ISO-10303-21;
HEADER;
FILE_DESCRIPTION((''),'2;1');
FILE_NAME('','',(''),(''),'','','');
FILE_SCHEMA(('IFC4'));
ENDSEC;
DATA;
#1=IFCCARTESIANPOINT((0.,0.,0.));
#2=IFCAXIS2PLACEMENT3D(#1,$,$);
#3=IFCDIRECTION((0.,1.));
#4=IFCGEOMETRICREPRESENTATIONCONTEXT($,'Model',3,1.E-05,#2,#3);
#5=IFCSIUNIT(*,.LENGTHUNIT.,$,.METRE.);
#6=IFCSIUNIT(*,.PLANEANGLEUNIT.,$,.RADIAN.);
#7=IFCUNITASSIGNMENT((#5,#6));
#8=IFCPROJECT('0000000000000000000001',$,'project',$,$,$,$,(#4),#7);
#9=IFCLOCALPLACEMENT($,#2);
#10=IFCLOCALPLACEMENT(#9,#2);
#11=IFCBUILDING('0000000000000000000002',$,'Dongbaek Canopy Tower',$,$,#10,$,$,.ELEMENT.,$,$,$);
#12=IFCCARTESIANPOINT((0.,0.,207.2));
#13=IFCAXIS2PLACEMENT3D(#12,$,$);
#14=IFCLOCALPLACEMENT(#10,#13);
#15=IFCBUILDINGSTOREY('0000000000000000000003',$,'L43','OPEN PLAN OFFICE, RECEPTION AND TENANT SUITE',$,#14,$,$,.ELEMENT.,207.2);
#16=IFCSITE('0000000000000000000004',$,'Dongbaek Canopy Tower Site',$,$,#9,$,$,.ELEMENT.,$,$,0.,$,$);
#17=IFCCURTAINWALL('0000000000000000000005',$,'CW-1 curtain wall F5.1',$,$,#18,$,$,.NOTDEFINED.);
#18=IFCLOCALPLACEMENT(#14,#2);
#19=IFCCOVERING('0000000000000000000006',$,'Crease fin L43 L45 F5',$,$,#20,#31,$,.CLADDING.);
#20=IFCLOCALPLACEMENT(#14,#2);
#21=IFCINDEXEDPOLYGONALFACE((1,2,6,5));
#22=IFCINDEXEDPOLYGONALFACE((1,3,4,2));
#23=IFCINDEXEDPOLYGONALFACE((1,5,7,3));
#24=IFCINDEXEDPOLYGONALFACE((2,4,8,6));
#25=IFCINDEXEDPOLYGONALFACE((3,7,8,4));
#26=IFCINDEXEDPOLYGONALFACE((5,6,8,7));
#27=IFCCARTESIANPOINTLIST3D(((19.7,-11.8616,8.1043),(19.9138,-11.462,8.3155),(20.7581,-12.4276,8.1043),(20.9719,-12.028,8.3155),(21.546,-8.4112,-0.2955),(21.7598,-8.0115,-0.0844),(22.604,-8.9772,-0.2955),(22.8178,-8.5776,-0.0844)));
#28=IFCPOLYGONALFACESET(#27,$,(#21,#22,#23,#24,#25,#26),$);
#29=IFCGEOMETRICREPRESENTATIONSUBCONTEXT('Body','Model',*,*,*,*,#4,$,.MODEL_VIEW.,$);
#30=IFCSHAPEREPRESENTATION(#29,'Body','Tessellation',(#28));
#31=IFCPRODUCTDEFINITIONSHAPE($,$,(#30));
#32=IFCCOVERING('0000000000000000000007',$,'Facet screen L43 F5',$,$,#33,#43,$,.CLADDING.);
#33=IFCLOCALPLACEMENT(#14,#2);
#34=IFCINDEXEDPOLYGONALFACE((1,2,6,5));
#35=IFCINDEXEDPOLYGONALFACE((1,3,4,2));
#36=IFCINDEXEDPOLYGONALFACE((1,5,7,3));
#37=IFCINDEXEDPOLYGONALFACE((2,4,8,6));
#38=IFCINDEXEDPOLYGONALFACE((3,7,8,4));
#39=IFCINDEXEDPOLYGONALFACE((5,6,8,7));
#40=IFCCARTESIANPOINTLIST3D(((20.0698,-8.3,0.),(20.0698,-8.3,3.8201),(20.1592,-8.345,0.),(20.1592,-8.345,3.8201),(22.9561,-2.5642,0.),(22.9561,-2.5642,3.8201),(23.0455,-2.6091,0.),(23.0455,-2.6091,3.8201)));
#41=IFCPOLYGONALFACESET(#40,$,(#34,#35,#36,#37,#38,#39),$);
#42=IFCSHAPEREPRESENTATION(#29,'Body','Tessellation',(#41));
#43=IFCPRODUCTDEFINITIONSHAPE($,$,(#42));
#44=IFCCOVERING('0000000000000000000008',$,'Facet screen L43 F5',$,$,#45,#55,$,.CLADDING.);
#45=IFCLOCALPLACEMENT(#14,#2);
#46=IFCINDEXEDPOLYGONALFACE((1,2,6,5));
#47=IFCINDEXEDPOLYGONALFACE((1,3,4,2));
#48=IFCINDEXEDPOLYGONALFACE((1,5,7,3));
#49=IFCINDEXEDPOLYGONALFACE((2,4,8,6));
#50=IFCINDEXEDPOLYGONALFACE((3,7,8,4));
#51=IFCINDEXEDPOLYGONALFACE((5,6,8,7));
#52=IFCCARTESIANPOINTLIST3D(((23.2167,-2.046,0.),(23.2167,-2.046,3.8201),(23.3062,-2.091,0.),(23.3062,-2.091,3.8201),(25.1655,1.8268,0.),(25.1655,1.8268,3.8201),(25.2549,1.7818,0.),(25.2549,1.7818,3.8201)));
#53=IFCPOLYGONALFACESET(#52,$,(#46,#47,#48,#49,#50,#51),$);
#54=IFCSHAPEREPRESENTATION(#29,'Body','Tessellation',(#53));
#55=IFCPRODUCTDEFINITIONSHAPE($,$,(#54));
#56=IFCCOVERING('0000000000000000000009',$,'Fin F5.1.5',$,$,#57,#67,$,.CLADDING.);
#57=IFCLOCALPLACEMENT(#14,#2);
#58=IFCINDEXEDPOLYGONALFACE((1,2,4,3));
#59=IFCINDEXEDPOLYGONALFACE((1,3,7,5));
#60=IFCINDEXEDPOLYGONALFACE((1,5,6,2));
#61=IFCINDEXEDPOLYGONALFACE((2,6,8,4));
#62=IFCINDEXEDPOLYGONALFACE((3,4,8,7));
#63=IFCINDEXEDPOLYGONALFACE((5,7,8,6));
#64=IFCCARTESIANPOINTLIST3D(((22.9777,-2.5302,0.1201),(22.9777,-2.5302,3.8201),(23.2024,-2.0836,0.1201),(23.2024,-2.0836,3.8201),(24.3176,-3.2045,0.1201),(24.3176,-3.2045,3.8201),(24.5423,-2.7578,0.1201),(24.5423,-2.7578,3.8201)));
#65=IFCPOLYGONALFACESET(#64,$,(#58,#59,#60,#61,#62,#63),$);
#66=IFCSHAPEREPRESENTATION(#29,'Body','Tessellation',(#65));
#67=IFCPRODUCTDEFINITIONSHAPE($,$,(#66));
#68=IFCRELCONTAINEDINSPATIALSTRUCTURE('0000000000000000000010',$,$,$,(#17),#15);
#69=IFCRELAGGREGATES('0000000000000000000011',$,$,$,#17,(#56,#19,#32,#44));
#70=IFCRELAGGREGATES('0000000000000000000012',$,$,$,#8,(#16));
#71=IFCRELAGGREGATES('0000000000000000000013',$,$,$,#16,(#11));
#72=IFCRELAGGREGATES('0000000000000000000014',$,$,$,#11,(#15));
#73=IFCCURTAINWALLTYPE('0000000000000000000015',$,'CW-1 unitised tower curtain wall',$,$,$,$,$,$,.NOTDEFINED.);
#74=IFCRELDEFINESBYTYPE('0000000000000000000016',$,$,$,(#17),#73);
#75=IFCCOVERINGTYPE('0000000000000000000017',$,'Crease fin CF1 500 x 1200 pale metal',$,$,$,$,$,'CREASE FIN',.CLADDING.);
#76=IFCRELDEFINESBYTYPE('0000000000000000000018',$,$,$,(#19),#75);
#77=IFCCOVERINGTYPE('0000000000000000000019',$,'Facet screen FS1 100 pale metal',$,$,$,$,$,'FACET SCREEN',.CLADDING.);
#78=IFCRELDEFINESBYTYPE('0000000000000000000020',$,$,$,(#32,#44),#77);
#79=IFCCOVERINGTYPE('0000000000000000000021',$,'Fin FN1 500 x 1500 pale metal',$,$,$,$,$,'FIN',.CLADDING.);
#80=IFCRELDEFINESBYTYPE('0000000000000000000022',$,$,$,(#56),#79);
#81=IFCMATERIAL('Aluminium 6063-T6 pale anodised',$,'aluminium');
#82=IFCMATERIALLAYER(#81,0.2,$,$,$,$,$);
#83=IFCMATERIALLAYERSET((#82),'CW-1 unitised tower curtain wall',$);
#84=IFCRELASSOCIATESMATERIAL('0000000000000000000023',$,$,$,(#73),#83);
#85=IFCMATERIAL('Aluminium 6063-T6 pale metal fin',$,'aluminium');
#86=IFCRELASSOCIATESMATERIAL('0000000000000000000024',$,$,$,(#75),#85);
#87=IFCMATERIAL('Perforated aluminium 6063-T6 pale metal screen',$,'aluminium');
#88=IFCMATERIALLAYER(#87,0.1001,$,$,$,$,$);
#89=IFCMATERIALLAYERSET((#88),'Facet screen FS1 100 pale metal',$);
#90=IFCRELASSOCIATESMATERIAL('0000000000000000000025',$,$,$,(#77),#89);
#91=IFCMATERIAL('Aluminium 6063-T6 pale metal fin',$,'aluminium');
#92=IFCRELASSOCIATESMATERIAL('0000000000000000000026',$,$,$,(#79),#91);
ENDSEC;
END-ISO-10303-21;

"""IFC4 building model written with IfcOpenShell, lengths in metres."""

from ifc_helpers import new_model, si_unit, direction, frame, origin, origin_2d, place, context, subcontext, project, spatial, rectangle, extrude, material, layer, layer_set, material_profile, profile_set, type_object, element, aggregate, save


model = new_model("IFC4")

# Units and contexts
model_context = context("Model", 3, precision=1e-05, world=origin(), true_north=direction((0.0, 1.0)))
body_context = subcontext(model_context, "Body", "Model", "MODEL_VIEW")
ifc_project = project(units=[si_unit("LENGTHUNIT", "METRE"), si_unit("PLANEANGLEUNIT", "RADIAN")], contexts=[model_context])

# Site, building, storey
site_placement = place(None, origin())
site = spatial("IfcSite", under=ifc_project, at=site_placement, Name="Dongbaek Canopy Tower Site", CompositionType="ELEMENT", RefElevation=0.0)
building_placement = place(site_placement, origin())
building = spatial("IfcBuilding", under=site, at=building_placement, Name="Dongbaek Canopy Tower", CompositionType="ELEMENT")
storey_placement = place(building_placement, frame((0.0, 0.0, 207.2)))
storey = spatial("IfcBuildingStorey", under=building, at=storey_placement, Name="L43", Description="OPEN PLAN OFFICE, RECEPTION AND TENANT SUITE", CompositionType="ELEMENT", Elevation=207.2)

# Curtain wall
ifc_material_1 = material(Name="Aluminium 6063-T6 pale anodised", Category="aluminium")
ifc_layer_1 = layer(ifc_material_1, 0.2)
ifc_layer_set_1 = layer_set([ifc_layer_1], Name="CW-1 unitised tower curtain wall")
curtain_wall_type = type_object("IfcCurtainWallType", Name="CW-1 unitised tower curtain wall", PredefinedType="NOTDEFINED", material=ifc_layer_set_1)
curtain_wall_placement = place(storey_placement, origin())
curtain_wall = element("IfcCurtainWall", 1, at=curtain_wall_placement, inside=storey, type_object=curtain_wall_type, Name="CW-1 curtain wall F5.1", PredefinedType="NOTDEFINED")

# Coverings
ifc_material_2 = material(Name="Aluminium 6063-T6 pale metal fin", Category="aluminium")
ifc_material_profile_1 = material_profile(ifc_material_2, rectangle(XDim=1.2, YDim=0.5, at=origin_2d()), Name="Crease fin CF1 500 x 1200 pale metal")
ifc_profile_set_1 = profile_set([ifc_material_profile_1], Name="Aluminium 6063-T6 pale metal fin")
covering_type_1 = type_object("IfcCoveringType", Name="Crease fin CF1 500 x 1200 pale metal", ElementType="CREASE FIN", PredefinedType="CLADDING", material=ifc_profile_set_1)
covering_1_placement = place(storey_placement, frame((22.1819, -8.4944, -0.1899), z_axis=(-0.199203, -0.372349, 0.906463), x_axis=(0.881746, -0.471724, 0.0)))
covering_1 = element("IfcCovering", 2, at=covering_1_placement, type_object=covering_type_1, Name="Crease fin L43 L45 F5", PredefinedType="CLADDING", context=body_context, shape_type="SweptSolid", body=[
    extrude(rectangle(XDim=1.2, YDim=0.5, at=origin_2d()), origin(), (0.0, 0.0, 1.0), 9.2666),
])
ifc_material_3 = material(Name="Perforated aluminium 6063-T6 pale metal screen", Category="aluminium")
ifc_layer_2 = layer(ifc_material_3, 0.1001)
ifc_layer_set_2 = layer_set([ifc_layer_2], Name="Facet screen FS1 100 pale metal")
covering_type_2 = type_object("IfcCoveringType", Name="Facet screen FS1 100 pale metal", ElementType="FACET SCREEN", PredefinedType="CLADDING", material=ifc_layer_set_2)
covering_2_placement = place(storey_placement, frame((21.5576, -5.4546, 0.0), z_axis=(0.0, 0.0, 1.0), x_axis=(0.449498, 0.893281, 0.0)))
covering_2 = element("IfcCovering", 3, at=covering_2_placement, type_object=covering_type_2, Name="Facet screen L43 F5", PredefinedType="CLADDING", context=body_context, shape_type="SweptSolid", body=[
    extrude(rectangle(XDim=6.4211, YDim=0.1001, at=origin_2d()), origin(), (0.0, 0.0, 1.0), 3.8201),
])
covering_3_placement = place(storey_placement, frame((24.2358, -0.1321, 0.0), z_axis=(0.0, 0.0, 1.0), x_axis=(0.449498, 0.893281, 0.0)))
covering_3 = element("IfcCovering", 4, at=covering_3_placement, type_object=covering_type_2, Name="Facet screen L43 F5", PredefinedType="CLADDING", context=body_context, shape_type="SweptSolid", body=[
    extrude(rectangle(XDim=4.3354, YDim=0.1001, at=origin_2d()), origin(), (0.0, 0.0, 1.0), 3.8201),
])
ifc_material_4 = material(Name="Aluminium 6063-T6 pale metal fin", Category="aluminium")
ifc_material_profile_2 = material_profile(ifc_material_4, rectangle(XDim=1.5, YDim=0.5, at=origin_2d()), Name="Fin FN1 500 x 1500 pale metal")
ifc_profile_set_2 = profile_set([ifc_material_profile_2], Name="Aluminium 6063-T6 pale metal fin")
covering_type_3 = type_object("IfcCoveringType", Name="Fin FN1 500 x 1500 pale metal", ElementType="FIN", PredefinedType="CLADDING", material=ifc_profile_set_2)
covering_4_placement = place(storey_placement, frame((23.76, -2.644, 0.1201), z_axis=(0.0, 0.0, 1.0), x_axis=(0.893281, -0.449499, 0.0)))
covering_4 = element("IfcCovering", 5, at=covering_4_placement, type_object=covering_type_3, Name="Fin F5.1.5", PredefinedType="CLADDING", context=body_context, shape_type="SweptSolid", body=[
    extrude(rectangle(XDim=1.5, YDim=0.5, at=origin_2d()), origin(), (0.0, 0.0, 1.0), 3.7),
])
aggregate(curtain_wall, [covering_4, covering_1, covering_2, covering_3])

save(model, "model.ifc")
